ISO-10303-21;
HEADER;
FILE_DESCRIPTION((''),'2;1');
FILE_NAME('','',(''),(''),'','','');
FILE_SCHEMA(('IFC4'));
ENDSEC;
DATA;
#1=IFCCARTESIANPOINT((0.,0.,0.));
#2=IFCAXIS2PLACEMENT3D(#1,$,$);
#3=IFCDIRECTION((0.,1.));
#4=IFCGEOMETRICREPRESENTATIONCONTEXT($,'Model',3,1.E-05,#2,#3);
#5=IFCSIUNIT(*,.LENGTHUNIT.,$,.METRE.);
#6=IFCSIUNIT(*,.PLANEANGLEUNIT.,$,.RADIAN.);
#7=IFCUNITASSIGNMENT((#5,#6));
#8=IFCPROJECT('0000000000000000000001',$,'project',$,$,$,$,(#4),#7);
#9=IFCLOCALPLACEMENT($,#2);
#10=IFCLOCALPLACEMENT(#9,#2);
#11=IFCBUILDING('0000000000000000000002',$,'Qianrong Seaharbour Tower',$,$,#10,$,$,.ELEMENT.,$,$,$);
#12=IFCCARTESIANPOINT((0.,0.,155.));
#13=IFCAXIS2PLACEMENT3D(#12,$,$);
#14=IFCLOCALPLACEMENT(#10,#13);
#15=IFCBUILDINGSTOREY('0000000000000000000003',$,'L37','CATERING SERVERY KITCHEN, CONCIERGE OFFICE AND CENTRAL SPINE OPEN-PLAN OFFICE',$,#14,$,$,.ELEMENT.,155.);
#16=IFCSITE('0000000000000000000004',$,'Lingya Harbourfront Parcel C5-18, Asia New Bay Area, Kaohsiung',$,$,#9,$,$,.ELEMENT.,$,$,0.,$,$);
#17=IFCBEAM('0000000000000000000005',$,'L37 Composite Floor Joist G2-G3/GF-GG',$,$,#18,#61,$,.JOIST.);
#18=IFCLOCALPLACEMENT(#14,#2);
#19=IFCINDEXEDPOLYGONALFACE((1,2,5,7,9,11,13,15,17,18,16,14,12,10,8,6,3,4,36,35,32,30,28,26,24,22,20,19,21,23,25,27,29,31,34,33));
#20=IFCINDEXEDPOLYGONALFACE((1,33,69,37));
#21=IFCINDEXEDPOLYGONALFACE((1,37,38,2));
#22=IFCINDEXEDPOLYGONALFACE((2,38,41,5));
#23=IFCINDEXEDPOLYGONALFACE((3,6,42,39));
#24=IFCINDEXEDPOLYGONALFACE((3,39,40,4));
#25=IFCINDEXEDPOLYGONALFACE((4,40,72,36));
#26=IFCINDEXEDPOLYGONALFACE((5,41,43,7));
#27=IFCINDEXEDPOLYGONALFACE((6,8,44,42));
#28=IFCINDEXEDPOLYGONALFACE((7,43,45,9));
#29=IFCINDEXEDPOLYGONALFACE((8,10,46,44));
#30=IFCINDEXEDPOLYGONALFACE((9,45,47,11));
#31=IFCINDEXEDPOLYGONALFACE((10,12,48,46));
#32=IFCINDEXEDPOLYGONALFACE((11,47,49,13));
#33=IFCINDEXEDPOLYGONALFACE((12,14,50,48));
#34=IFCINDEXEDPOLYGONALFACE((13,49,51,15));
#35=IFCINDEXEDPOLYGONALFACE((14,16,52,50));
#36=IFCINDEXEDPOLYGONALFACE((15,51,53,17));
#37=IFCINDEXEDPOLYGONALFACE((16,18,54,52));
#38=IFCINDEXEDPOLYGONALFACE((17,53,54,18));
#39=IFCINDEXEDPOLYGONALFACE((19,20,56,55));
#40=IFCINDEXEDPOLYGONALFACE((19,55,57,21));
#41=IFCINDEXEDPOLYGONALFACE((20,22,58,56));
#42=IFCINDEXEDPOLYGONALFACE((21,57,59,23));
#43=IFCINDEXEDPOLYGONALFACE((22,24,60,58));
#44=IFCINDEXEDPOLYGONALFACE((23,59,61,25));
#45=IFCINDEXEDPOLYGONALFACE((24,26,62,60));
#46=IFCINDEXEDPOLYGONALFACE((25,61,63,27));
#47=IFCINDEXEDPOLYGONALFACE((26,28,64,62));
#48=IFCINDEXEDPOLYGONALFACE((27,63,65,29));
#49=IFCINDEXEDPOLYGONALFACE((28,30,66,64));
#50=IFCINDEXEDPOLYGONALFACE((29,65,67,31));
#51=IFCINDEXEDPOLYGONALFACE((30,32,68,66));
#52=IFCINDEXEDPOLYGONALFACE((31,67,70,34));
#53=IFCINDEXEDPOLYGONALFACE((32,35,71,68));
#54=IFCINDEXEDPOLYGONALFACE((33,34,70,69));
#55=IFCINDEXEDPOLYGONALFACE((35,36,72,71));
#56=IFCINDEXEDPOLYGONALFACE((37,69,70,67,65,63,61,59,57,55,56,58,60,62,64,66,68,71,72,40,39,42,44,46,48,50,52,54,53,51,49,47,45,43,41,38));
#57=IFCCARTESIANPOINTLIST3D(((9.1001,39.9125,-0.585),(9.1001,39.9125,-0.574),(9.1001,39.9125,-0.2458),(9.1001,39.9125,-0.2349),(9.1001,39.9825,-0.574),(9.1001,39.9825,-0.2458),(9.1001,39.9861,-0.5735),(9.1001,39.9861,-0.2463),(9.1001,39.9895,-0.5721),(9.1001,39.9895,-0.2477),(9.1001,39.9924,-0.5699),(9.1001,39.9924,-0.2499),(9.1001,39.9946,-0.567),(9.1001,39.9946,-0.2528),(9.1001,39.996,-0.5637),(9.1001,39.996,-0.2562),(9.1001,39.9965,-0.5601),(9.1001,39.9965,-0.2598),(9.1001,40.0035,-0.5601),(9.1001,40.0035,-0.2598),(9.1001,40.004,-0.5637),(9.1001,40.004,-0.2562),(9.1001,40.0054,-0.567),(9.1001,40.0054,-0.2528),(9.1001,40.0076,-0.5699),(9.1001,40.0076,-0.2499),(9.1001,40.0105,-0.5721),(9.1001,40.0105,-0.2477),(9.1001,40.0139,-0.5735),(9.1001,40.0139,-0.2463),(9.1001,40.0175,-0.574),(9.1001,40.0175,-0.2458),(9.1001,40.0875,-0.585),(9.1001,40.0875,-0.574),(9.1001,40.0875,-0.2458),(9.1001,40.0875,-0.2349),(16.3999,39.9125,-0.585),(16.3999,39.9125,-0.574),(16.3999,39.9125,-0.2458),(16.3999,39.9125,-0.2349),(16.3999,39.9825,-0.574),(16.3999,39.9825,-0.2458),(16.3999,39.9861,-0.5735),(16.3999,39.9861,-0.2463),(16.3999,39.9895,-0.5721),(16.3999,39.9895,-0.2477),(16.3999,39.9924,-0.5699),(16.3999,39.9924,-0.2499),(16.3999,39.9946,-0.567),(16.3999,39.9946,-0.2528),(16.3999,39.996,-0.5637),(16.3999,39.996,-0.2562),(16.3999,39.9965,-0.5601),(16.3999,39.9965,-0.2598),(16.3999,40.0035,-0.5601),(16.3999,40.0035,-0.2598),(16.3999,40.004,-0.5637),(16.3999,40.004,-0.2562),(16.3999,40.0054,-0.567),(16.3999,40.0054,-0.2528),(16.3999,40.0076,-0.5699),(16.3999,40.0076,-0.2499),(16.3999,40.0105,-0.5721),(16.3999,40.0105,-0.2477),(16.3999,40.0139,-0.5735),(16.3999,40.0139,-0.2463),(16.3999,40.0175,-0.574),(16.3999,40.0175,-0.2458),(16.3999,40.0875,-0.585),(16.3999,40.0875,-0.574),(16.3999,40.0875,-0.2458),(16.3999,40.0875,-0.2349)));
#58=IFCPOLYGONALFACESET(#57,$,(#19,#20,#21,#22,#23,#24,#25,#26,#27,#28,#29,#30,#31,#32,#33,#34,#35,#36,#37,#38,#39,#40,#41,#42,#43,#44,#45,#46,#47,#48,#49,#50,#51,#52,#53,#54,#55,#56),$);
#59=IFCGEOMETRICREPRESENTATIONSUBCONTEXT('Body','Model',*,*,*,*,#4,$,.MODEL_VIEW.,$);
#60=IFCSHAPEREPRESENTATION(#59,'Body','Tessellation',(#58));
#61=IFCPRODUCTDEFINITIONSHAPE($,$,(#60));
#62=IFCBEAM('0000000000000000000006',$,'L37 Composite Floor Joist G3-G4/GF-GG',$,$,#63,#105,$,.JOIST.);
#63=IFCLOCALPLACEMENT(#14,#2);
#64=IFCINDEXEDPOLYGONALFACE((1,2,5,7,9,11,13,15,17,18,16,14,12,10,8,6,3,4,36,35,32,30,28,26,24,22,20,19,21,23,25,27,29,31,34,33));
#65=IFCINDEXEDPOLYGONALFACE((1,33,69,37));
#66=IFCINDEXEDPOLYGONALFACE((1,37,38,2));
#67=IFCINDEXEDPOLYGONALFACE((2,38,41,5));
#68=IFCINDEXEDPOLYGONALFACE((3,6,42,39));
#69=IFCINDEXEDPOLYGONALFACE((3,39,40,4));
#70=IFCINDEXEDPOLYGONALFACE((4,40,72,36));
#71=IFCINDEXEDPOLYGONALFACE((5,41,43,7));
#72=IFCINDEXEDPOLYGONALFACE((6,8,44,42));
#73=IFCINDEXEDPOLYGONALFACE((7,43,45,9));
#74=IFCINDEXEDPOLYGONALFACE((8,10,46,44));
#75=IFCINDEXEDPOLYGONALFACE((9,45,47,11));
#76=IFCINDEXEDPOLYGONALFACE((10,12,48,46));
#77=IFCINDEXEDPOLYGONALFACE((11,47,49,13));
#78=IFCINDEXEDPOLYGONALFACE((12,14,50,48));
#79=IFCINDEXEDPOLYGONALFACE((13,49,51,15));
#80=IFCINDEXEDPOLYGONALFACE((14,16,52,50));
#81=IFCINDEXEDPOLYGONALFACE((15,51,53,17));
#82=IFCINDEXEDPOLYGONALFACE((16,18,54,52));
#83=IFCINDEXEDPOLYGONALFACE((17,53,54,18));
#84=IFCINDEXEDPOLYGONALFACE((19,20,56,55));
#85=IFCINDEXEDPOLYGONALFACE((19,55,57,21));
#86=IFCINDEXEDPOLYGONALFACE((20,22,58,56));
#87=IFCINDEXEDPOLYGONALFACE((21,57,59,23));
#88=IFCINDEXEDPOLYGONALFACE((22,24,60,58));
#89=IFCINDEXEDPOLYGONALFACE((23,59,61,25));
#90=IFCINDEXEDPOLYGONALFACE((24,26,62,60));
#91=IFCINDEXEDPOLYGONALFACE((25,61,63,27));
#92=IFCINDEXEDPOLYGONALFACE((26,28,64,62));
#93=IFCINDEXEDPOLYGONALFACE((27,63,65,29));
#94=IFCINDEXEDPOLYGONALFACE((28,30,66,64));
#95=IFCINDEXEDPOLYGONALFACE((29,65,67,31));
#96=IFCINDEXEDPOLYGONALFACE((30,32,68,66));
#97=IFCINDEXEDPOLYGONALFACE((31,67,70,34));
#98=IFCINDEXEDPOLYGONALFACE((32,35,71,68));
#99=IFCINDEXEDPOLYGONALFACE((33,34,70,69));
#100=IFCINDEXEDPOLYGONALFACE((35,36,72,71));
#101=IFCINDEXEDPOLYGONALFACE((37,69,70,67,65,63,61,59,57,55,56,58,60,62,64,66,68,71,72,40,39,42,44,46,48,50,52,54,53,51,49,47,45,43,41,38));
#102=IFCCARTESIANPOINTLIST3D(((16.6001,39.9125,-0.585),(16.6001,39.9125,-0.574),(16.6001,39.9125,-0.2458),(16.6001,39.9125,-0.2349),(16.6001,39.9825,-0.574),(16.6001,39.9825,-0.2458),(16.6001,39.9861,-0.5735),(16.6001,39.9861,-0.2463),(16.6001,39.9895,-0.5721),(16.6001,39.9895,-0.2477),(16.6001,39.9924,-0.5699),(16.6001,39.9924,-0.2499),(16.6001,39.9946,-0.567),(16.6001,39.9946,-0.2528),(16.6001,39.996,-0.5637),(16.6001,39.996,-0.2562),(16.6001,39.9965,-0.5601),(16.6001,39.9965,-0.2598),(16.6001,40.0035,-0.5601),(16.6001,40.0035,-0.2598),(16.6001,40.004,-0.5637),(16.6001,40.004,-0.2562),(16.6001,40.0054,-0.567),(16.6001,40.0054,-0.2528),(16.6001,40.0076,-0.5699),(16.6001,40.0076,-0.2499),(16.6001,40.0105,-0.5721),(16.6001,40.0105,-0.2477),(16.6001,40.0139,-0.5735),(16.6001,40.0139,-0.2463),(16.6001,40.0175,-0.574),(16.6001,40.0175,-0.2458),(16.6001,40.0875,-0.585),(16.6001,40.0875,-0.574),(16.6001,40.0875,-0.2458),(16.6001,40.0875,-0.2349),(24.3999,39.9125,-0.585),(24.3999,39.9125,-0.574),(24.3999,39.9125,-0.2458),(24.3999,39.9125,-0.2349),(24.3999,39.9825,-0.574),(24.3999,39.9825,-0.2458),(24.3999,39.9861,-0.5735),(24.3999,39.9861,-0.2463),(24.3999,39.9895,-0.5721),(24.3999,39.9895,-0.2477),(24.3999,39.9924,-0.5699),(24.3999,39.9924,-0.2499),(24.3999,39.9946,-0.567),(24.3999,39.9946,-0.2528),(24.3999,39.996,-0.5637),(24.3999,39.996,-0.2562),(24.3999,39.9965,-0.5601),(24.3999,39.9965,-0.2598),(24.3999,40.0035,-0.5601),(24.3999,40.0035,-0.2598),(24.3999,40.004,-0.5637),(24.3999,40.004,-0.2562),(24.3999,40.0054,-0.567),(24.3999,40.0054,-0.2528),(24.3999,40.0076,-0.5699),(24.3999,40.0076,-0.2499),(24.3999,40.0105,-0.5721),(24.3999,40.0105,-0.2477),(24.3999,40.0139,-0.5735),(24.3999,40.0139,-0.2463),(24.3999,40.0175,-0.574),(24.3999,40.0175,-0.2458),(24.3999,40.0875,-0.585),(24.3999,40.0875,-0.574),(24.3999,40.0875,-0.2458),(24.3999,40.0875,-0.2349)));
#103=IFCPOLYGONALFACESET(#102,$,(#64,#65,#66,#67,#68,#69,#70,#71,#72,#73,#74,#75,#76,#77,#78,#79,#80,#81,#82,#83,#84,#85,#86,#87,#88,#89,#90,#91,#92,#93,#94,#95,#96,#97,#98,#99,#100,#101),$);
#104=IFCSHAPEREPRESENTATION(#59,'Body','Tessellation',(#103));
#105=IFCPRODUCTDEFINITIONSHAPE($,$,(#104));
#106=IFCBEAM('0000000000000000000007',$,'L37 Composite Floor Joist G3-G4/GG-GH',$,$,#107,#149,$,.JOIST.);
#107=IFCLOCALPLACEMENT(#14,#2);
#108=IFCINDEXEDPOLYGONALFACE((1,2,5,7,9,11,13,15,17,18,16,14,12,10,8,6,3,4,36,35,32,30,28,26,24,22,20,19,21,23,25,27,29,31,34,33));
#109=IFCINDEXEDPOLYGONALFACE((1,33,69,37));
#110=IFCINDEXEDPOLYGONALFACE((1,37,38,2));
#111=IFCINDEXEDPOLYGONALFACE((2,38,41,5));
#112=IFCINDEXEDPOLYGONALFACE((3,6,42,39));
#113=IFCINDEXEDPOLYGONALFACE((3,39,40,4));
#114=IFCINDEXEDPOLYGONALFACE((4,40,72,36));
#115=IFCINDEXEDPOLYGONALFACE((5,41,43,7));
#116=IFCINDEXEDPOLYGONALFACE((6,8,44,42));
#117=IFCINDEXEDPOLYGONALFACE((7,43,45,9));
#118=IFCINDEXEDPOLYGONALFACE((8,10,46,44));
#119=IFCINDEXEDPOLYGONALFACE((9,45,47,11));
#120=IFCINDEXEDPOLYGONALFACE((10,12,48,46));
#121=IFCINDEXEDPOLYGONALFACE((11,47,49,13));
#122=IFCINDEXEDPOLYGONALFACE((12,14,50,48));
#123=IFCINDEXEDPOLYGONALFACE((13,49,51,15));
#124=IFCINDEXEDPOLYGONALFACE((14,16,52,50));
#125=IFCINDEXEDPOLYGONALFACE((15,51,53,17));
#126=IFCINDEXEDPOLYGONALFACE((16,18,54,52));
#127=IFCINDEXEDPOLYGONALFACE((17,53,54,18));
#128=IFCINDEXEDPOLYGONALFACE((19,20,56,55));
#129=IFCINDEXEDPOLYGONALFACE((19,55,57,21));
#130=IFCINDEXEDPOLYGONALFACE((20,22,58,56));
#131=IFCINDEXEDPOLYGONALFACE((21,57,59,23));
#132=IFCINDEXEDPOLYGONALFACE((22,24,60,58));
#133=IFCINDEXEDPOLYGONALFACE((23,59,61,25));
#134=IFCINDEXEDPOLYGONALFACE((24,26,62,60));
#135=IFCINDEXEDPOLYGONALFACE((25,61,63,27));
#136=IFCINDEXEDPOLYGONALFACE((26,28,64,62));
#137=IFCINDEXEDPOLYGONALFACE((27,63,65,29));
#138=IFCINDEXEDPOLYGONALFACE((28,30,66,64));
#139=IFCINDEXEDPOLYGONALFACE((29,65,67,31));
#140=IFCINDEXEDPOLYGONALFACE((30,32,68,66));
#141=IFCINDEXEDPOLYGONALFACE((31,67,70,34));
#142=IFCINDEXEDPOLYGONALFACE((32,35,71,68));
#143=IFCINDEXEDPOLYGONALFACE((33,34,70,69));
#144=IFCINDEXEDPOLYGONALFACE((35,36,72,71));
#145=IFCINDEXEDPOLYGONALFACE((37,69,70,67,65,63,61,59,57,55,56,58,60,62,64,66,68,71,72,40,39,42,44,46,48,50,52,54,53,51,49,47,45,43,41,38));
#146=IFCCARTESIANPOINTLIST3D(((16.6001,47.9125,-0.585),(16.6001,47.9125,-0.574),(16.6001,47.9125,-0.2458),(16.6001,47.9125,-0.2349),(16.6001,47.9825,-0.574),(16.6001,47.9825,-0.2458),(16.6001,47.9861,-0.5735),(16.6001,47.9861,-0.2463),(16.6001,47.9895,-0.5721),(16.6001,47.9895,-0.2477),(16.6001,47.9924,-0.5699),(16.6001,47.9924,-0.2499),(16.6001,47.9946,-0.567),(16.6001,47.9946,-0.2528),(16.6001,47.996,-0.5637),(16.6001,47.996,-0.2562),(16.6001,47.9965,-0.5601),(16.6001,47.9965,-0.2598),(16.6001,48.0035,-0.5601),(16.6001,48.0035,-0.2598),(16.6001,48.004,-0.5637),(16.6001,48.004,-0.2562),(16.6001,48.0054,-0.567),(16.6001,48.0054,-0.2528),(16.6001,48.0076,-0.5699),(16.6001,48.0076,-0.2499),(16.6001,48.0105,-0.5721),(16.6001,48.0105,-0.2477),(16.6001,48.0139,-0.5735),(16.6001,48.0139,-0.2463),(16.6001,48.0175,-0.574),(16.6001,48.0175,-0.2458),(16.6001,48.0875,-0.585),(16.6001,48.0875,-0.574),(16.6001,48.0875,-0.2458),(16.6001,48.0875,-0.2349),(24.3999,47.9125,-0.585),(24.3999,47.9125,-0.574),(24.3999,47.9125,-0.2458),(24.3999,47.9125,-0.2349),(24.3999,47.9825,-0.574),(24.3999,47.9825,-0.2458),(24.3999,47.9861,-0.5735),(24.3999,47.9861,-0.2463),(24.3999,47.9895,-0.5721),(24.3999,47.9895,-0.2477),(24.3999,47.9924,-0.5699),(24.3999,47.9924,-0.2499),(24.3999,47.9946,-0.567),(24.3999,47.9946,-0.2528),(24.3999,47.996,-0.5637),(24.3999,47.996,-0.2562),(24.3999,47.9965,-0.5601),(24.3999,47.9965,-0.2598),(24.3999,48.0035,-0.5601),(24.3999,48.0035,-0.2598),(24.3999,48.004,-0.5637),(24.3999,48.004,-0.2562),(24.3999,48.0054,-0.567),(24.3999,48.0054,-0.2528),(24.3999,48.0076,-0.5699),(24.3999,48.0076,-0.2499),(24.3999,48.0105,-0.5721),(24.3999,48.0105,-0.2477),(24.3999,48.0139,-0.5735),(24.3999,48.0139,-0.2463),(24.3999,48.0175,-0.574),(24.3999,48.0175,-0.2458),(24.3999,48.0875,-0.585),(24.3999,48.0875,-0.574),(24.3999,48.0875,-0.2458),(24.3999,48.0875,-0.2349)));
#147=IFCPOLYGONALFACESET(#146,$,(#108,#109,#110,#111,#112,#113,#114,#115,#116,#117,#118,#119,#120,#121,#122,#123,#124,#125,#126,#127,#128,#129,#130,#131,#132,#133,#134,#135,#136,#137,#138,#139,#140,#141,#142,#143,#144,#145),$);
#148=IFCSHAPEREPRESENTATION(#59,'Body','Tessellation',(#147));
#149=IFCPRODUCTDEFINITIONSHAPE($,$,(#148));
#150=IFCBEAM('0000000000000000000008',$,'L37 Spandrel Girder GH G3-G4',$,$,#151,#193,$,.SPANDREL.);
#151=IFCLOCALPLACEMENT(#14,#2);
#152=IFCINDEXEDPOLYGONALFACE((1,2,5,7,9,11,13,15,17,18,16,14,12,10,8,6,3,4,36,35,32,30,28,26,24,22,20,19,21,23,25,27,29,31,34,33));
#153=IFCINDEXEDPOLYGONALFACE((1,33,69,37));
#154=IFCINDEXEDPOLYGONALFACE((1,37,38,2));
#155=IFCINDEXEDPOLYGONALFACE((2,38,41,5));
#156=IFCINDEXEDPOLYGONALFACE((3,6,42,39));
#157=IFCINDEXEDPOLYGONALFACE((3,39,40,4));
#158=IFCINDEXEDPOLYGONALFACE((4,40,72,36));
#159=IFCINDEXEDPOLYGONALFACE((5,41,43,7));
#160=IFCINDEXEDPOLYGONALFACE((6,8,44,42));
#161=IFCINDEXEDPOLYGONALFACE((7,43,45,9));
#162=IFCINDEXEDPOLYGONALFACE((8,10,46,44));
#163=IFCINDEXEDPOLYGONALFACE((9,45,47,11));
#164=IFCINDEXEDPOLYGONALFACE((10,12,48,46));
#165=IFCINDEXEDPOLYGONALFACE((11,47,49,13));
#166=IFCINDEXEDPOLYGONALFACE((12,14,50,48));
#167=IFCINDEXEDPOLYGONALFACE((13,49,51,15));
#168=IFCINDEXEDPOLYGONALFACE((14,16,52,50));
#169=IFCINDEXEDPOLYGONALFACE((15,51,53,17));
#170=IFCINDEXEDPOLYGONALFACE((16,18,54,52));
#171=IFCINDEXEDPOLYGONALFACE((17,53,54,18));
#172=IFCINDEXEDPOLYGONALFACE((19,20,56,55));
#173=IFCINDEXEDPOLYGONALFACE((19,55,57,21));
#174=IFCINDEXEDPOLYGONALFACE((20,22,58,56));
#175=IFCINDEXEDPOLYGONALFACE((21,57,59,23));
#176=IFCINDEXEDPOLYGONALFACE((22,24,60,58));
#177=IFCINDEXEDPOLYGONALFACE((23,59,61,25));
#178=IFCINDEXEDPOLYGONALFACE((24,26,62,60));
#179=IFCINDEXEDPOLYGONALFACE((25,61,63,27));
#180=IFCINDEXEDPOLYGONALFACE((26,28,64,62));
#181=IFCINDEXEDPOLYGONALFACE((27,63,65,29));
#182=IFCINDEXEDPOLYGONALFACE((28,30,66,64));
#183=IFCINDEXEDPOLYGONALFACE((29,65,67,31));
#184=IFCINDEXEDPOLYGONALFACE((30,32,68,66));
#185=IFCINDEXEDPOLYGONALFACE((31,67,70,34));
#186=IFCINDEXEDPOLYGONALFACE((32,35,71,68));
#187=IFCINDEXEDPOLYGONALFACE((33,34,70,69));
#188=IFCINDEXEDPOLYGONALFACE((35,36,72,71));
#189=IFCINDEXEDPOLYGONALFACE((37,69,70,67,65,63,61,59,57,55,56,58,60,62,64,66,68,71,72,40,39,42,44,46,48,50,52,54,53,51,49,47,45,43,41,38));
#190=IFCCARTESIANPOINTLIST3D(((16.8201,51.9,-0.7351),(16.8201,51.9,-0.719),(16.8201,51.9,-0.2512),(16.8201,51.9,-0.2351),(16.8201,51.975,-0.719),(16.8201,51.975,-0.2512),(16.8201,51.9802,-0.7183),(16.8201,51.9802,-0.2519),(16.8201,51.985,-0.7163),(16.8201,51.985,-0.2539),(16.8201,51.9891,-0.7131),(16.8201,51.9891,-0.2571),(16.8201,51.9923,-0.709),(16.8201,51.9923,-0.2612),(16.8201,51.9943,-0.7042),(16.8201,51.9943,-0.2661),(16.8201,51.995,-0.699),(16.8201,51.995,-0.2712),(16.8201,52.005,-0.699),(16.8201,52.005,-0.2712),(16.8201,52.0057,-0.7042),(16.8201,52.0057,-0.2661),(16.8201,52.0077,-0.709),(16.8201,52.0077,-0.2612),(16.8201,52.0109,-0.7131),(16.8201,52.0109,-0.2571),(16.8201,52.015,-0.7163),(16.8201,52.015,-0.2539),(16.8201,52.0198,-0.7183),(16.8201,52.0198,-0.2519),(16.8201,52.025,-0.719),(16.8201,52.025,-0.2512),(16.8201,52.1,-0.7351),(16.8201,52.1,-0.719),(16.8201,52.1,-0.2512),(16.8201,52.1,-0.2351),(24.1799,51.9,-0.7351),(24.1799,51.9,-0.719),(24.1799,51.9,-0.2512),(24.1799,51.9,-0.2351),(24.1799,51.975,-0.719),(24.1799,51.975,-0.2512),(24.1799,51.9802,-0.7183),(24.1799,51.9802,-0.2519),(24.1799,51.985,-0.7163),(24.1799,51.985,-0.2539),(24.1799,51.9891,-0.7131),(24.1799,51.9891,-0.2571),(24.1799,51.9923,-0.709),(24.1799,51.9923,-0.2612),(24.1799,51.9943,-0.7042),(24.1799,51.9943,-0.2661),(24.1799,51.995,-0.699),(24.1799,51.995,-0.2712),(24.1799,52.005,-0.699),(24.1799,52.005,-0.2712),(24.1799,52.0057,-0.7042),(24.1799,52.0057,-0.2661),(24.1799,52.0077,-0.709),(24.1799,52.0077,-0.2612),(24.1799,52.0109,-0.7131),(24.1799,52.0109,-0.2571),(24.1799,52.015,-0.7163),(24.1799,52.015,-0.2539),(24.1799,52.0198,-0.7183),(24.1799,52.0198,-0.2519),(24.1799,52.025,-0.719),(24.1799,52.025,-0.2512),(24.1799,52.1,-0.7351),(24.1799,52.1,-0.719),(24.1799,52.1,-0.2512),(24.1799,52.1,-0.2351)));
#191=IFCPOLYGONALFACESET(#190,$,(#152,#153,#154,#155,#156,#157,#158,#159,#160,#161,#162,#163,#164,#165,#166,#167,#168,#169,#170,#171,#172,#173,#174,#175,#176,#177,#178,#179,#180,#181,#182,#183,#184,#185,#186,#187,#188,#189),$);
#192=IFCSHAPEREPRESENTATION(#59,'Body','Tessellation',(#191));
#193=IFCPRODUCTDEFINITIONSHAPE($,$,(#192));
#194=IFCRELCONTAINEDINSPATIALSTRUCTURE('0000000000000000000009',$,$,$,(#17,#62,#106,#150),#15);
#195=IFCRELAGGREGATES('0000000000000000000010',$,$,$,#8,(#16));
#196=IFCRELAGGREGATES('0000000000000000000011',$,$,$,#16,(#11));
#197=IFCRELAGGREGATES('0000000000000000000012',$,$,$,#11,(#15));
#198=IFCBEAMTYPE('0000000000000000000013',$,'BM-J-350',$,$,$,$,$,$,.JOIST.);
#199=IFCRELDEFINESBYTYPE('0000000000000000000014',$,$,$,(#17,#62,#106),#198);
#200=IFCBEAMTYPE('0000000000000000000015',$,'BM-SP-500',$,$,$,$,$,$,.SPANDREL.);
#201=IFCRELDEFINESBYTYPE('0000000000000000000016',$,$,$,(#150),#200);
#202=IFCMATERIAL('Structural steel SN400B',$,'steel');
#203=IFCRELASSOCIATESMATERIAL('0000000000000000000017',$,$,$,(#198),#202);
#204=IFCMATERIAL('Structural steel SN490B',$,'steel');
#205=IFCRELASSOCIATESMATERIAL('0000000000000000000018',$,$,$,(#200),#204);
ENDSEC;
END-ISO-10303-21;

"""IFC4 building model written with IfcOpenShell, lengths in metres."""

from ifc_helpers import new_model, si_unit, direction, frame, origin, origin_2d, place, context, subcontext, project, spatial, i_section, extrude, material, material_profile, profile_set, type_object, element, save


model = new_model("IFC4")

# Units and contexts
model_context = context("Model", 3, precision=1e-05, world=origin(), true_north=direction((0.0, 1.0)))
body_context = subcontext(model_context, "Body", "Model", "MODEL_VIEW")
ifc_project = project(units=[si_unit("LENGTHUNIT", "METRE"), si_unit("PLANEANGLEUNIT", "RADIAN")], contexts=[model_context])

# Site, building, storey
site_placement = place(None, origin())
site = spatial("IfcSite", under=ifc_project, at=site_placement, Name="Lingya Harbourfront Parcel C5-18, Asia New Bay Area, Kaohsiung", CompositionType="ELEMENT", RefElevation=0.0)
building_placement = place(site_placement, origin())
building = spatial("IfcBuilding", under=site, at=building_placement, Name="Qianrong Seaharbour Tower", CompositionType="ELEMENT")
storey_placement = place(building_placement, frame((0.0, 0.0, 155.0)))
storey = spatial("IfcBuildingStorey", under=building, at=storey_placement, Name="L37", Description="CATERING SERVERY KITCHEN, CONCIERGE OFFICE AND CENTRAL SPINE OPEN-PLAN OFFICE", CompositionType="ELEMENT", Elevation=155.0)

# Shared definitions
ifc_material_1 = material(Name="Structural steel SN490B", Category="steel")

# Beams
ifc_material_2 = material(Name="Structural steel SN400B", Category="steel")
ifc_material_profile_1 = material_profile(ifc_material_2, i_section(OverallWidth=0.175, OverallDepth=0.3501, WebThickness=0.0071, FlangeThickness=0.011, FilletRadius=0.0139, at=origin_2d()), Name="H350x175x7x11")
ifc_profile_set_1 = profile_set([ifc_material_profile_1], Name="Structural steel SN400B")
beam_type_1 = type_object("IfcBeamType", Name="BM-J-350", PredefinedType="JOIST", material=ifc_profile_set_1)
beam_1_placement = place(storey_placement, frame((9.1001, 40.0, -0.4099), z_axis=(1.0, 0.0, 0.0), x_axis=(0.0, 1.0, 0.0)))
element("IfcBeam", 1, at=beam_1_placement, inside=storey, type_object=beam_type_1, Name="L37 Composite Floor Joist G2-G3/GF-GG", PredefinedType="JOIST", context=body_context, shape_type="SweptSolid", body=[
    extrude(i_section(OverallWidth=0.175, OverallDepth=0.3501, WebThickness=0.0071, FlangeThickness=0.011, FilletRadius=0.0139, at=origin_2d()), origin(), (0.0, 0.0, 1.0), 7.2998),
])
for number, where, z_axis, x_axis, name in (
    (2, (16.6001, 40.0, -0.4099), (1.0, 0.0, 0.0), (0.0, 1.0, 0.0), "L37 Composite Floor Joist G3-G4/GF-GG"),
    (3, (16.6001, 48.0, -0.4099), (1.0, 0.0, 0.0), (0.0, 1.0, 0.0), "L37 Composite Floor Joist G3-G4/GG-GH"),
):
    element("IfcBeam", number, at=place(storey_placement, frame(where, z_axis=z_axis, x_axis=x_axis)), inside=storey, type_object=beam_type_1, Name=name, PredefinedType="JOIST", context=body_context, shape_type="SweptSolid", body=[
        extrude(i_section(OverallWidth=0.175, OverallDepth=0.3501, WebThickness=0.0071, FlangeThickness=0.011, FilletRadius=0.0139, at=origin_2d()), origin(), (0.0, 0.0, 1.0), 7.7998),
    ])
ifc_material_profile_2 = material_profile(ifc_material_1, i_section(OverallWidth=0.2, OverallDepth=0.5, WebThickness=0.01, FlangeThickness=0.0161, FilletRadius=0.02, at=origin_2d()), Name="H500x200x10x16")
ifc_profile_set_2 = profile_set([ifc_material_profile_2], Name="Structural steel SN490B")
beam_type_2 = type_object("IfcBeamType", Name="BM-SP-500", PredefinedType="SPANDREL", material=ifc_profile_set_2)
for number, where, z_axis, x_axis, name in (
    (4, (16.8201, 52.0, -0.4851), (1.0, 0.0, 0.0), (0.0, 1.0, 0.0), "L37 Spandrel Girder GH G3-G4"),
):
    element("IfcBeam", number, at=place(storey_placement, frame(where, z_axis=z_axis, x_axis=x_axis)), inside=storey, type_object=beam_type_2, Name=name, PredefinedType="SPANDREL", context=body_context, shape_type="SweptSolid", body=[
        extrude(i_section(OverallWidth=0.2, OverallDepth=0.5, WebThickness=0.01, FlangeThickness=0.0161, FilletRadius=0.02, at=origin_2d()), origin(), (0.0, 0.0, 1.0), 7.3599),
    ])

save(model, "model.ifc")
